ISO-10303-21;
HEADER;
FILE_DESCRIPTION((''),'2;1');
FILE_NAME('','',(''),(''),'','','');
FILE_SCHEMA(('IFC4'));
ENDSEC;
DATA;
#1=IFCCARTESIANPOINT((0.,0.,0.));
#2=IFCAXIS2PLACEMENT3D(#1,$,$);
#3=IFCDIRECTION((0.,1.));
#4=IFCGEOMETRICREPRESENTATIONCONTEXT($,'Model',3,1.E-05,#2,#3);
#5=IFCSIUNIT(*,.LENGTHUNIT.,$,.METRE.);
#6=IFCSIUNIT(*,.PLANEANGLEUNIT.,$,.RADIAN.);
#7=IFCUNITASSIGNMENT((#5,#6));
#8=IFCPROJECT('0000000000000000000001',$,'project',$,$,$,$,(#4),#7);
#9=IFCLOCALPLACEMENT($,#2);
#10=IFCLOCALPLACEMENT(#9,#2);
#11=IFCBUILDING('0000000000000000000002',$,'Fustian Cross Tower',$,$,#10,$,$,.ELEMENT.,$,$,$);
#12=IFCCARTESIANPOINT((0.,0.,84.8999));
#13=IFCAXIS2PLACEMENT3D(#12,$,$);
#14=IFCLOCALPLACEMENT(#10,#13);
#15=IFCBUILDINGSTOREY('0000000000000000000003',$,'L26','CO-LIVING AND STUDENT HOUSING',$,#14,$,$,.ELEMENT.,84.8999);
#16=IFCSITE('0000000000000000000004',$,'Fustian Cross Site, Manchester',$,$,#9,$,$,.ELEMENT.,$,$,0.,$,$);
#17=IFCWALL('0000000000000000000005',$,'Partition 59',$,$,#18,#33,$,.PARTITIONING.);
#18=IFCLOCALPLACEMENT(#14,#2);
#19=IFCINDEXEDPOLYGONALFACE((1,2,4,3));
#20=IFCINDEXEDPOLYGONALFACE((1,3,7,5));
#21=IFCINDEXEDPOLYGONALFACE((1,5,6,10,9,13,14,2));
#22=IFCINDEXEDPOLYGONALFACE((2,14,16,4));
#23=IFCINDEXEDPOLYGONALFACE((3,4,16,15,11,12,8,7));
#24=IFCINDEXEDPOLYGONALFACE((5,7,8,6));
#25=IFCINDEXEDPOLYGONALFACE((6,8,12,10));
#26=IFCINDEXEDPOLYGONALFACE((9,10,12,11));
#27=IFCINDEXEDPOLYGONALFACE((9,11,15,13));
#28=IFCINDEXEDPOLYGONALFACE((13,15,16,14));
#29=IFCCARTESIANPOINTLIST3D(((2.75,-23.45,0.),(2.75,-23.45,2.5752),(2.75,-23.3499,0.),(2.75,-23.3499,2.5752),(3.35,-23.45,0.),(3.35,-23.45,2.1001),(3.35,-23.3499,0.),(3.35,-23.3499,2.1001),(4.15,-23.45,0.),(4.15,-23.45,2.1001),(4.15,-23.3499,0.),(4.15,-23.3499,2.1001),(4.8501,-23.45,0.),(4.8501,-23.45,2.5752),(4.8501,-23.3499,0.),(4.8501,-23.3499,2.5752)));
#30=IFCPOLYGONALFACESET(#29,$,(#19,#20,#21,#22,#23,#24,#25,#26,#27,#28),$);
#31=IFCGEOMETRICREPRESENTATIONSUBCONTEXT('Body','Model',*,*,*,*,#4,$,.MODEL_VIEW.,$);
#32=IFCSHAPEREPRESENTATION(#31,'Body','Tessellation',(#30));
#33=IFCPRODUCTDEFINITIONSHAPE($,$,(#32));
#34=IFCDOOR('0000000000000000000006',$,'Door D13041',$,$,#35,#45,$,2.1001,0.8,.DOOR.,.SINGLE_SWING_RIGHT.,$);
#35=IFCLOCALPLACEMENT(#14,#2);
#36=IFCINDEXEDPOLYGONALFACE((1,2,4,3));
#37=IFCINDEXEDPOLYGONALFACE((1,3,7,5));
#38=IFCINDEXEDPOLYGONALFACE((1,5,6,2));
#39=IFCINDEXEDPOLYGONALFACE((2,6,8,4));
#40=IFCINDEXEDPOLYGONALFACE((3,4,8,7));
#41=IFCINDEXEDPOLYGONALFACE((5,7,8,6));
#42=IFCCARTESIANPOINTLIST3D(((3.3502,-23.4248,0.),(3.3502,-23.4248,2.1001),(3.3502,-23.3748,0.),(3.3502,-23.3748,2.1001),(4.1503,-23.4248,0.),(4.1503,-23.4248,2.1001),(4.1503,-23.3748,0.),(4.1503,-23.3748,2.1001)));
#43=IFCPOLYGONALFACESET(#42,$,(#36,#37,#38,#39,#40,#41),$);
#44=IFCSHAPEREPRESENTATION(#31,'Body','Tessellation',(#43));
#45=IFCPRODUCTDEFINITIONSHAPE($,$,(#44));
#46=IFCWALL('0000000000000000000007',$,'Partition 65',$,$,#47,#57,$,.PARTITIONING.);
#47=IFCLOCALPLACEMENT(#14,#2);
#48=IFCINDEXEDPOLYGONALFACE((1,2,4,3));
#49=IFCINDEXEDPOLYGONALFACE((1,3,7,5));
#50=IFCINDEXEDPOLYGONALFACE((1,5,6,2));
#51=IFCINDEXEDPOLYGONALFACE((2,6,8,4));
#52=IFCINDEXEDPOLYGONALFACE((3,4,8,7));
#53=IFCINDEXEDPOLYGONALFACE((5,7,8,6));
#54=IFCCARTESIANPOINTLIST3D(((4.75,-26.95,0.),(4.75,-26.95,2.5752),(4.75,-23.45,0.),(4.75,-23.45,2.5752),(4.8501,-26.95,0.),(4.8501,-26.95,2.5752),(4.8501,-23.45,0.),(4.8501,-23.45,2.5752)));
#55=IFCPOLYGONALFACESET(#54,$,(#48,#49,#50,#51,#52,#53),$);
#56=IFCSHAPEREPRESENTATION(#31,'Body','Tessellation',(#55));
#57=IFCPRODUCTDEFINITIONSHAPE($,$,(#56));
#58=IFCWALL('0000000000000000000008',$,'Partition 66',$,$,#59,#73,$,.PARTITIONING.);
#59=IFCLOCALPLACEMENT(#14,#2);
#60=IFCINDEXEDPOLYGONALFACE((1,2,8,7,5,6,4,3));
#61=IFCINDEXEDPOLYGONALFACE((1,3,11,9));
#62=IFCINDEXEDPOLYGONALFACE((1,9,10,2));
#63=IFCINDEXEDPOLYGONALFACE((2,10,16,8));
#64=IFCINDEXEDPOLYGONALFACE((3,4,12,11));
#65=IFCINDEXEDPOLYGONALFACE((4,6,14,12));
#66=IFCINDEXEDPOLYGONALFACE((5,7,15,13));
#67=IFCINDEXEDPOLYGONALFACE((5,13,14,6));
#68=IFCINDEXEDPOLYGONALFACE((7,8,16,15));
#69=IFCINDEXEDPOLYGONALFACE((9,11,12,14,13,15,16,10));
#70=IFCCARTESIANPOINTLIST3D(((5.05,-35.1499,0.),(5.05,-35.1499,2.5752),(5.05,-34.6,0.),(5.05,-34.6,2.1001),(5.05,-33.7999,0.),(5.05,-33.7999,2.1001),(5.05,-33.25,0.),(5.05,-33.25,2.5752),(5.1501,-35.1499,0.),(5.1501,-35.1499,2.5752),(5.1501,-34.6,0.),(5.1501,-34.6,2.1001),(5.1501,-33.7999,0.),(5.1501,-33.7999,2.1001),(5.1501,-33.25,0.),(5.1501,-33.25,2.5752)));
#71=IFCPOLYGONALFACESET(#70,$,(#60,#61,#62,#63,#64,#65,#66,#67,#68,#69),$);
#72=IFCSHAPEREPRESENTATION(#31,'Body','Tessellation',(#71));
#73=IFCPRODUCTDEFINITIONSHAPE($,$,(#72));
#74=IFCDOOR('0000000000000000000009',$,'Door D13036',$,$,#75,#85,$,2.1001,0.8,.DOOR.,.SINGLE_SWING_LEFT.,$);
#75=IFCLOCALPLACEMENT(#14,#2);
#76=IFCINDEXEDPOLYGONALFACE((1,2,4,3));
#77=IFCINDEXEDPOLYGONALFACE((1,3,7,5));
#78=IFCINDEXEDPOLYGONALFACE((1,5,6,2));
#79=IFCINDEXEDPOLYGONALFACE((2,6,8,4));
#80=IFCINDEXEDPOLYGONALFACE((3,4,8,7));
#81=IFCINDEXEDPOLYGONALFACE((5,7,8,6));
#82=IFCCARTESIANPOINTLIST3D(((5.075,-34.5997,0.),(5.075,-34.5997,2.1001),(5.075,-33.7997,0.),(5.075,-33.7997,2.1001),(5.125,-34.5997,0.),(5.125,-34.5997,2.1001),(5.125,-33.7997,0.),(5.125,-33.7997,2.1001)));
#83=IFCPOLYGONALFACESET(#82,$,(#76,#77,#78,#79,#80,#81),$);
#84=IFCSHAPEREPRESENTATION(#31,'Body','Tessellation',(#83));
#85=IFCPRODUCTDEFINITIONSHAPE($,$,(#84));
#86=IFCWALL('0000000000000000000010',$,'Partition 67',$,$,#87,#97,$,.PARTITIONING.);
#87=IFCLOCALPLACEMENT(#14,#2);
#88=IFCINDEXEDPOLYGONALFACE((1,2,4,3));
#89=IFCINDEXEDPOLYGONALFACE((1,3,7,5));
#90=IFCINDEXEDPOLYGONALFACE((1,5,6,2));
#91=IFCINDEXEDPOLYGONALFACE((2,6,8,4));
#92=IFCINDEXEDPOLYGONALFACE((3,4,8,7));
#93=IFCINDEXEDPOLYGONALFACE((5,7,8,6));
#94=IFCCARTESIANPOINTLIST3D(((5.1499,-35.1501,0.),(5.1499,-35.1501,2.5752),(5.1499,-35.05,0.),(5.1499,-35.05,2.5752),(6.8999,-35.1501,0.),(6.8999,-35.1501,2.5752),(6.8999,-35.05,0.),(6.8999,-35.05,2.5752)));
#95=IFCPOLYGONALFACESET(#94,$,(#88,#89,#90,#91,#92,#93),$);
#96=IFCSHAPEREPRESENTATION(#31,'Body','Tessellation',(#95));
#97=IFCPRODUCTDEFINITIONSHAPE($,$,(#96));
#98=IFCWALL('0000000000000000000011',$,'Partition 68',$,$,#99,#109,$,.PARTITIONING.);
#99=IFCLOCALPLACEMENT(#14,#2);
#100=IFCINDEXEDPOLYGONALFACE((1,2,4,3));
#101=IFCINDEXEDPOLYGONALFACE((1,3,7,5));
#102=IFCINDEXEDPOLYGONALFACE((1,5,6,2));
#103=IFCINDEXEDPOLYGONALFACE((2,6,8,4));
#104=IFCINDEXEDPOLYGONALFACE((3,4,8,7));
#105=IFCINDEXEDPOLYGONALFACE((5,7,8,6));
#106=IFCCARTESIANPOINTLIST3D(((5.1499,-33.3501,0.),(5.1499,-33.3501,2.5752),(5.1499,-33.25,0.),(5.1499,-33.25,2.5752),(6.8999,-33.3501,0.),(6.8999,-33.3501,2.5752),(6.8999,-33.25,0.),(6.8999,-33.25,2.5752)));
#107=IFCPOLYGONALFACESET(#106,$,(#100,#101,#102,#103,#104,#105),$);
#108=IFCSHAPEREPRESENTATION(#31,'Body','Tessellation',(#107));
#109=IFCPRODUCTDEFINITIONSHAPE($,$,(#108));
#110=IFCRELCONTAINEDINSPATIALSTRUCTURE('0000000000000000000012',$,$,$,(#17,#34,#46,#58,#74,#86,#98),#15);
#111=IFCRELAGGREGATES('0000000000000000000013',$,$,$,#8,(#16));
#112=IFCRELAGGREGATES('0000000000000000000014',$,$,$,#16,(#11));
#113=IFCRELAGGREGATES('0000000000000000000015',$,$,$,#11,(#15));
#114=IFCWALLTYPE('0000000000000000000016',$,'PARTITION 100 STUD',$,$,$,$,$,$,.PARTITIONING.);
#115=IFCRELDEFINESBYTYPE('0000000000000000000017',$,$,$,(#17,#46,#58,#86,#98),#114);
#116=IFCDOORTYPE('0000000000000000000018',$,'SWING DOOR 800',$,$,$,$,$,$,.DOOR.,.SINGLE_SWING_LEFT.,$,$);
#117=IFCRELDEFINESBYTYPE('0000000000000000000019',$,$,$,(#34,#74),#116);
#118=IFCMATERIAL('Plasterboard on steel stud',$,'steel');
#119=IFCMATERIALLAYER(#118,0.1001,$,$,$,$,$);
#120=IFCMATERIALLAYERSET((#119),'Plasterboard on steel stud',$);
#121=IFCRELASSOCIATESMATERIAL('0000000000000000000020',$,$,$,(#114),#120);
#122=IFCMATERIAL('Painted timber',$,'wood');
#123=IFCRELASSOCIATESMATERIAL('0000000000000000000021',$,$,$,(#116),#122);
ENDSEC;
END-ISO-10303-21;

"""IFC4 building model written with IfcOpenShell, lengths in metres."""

from ifc_helpers import new_model, si_unit, direction, frame, frame_2d, origin, place, context, subcontext, project, spatial, rectangle, extrude, material, layer, layer_set, type_object, element, fill, save


model = new_model("IFC4")

# Units and contexts
model_context = context("Model", 3, precision=1e-05, world=origin(), true_north=direction((0.0, 1.0)))
body_context = subcontext(model_context, "Body", "Model", "MODEL_VIEW")
ifc_project = project(units=[si_unit("LENGTHUNIT", "METRE"), si_unit("PLANEANGLEUNIT", "RADIAN")], contexts=[model_context])

# Site, building, storey
site_placement = place(None, origin())
site = spatial("IfcSite", under=ifc_project, at=site_placement, Name="Fustian Cross Site, Manchester", CompositionType="ELEMENT", RefElevation=0.0)
building_placement = place(site_placement, origin())
building = spatial("IfcBuilding", under=site, at=building_placement, Name="Fustian Cross Tower", CompositionType="ELEMENT")
storey_placement = place(building_placement, frame((0.0, 0.0, 84.8999)))
storey = spatial("IfcBuildingStorey", under=building, at=storey_placement, Name="L26", Description="CO-LIVING AND STUDENT HOUSING", CompositionType="ELEMENT", Elevation=84.8999)

# Shared definitions
ifc_material_1 = material(Name="Plasterboard on steel stud", Category="steel")
ifc_layer = layer(ifc_material_1, 0.1001)
ifc_layer_set = layer_set([ifc_layer], Name="Plasterboard on steel stud")
wall_type = type_object("IfcWallType", Name="PARTITION 100 STUD", PredefinedType="PARTITIONING", material=ifc_layer_set)

# Shared definitions
ifc_material_2 = material(Name="Painted timber", Category="wood")
door_type_1 = type_object("IfcDoorType", Name="SWING DOOR 800", OperationType="SINGLE_SWING_LEFT", PredefinedType="DOOR", material=ifc_material_2)

# Wall, opening, door
wall_1_placement = place(storey_placement, frame((2.75, -23.3999, 0.0), z_axis=(0.0, 0.0, 1.0), x_axis=(1.0, 0.0, 0.0)))
wall_1 = element("IfcWall", 1, at=wall_1_placement, inside=storey, type_object=wall_type, Name="Partition 59", PredefinedType="PARTITIONING", context=body_context, shape_type="SweptSolid", body=[
    extrude(rectangle(XDim=2.1001, YDim=0.1001, at=frame_2d((1.05, 0.0))), origin(), (0.0, 0.0, 1.0), 2.5752),
])
opening_1_placement = place(wall_1_placement, frame((0.6001, 0.0, 0.0)))
opening_1 = element("IfcOpeningElement", 2, at=opening_1_placement, cuts=wall_1, PredefinedType="OPENING", context=body_context, shape_type="SweptSolid", body=[
    extrude(rectangle(XDim=0.8, YDim=2.1001, at=frame_2d((0.3999, 1.05))), frame((0.0, 0.0601, 0.0), z_axis=(0.0, -1.0, 0.0), x_axis=(1.0, 0.0, 0.0)), (0.0, 0.0, 1.0), 0.1201),
])
door_1_placement = place(opening_1_placement, frame((0.8, 0.0, 0.0), z_axis=(0.0, 0.0, 1.0), x_axis=(-1.0, 0.0, 0.0)))
door_1 = element("IfcDoor", 3, at=door_1_placement, inside=storey, type_object=door_type_1, Name="Door D13041", OperationType="SINGLE_SWING_RIGHT", OverallHeight=2.1001, OverallWidth=0.8, PredefinedType="DOOR", context=body_context, shape_type="SweptSolid", body=[
    extrude(rectangle(XDim=0.8, YDim=2.1001, at=frame_2d((0.3999, 1.05))), frame((0.0, 0.0249, 0.0), z_axis=(0.0, -1.0, 0.0), x_axis=(1.0, 0.0, 0.0)), (0.0, 0.0, 1.0), 0.05),
])
fill(opening_1, door_1)

# Wall
wall_2_placement = place(storey_placement, frame((4.8, -26.95, 0.0), z_axis=(0.0, 0.0, 1.0), x_axis=(0.0, 1.0, 0.0)))
element("IfcWall", 4, at=wall_2_placement, inside=storey, type_object=wall_type, Name="Partition 65", PredefinedType="PARTITIONING", context=body_context, shape_type="SweptSolid", body=[
    extrude(rectangle(XDim=3.5, YDim=0.1001, at=frame_2d((1.75, 0.0))), origin(), (0.0, 0.0, 1.0), 2.5752),
])

# Wall, opening, door
wall_3_placement = place(storey_placement, frame((5.1001, -35.1499, 0.0), z_axis=(0.0, 0.0, 1.0), x_axis=(0.0, 1.0, 0.0)))
wall_3 = element("IfcWall", 5, at=wall_3_placement, inside=storey, type_object=wall_type, Name="Partition 66", PredefinedType="PARTITIONING", context=body_context, shape_type="SweptSolid", body=[
    extrude(rectangle(XDim=1.8999, YDim=0.1001, at=frame_2d((0.95, 0.0))), origin(), (0.0, 0.0, 1.0), 2.5752),
])
opening_2_placement = place(wall_3_placement, frame((0.55, 0.0, 0.0)))
opening_2 = element("IfcOpeningElement", 6, at=opening_2_placement, cuts=wall_3, PredefinedType="OPENING", context=body_context, shape_type="SweptSolid", body=[
    extrude(rectangle(XDim=0.8, YDim=2.1001, at=frame_2d((0.3999, 1.05))), frame((0.0, 0.0601, 0.0), z_axis=(0.0, -1.0, 0.0), x_axis=(1.0, 0.0, 0.0)), (0.0, 0.0, 1.0), 0.1201),
])
door_2_placement = place(opening_2_placement, frame((0.8, 0.0, 0.0), z_axis=(0.0, 0.0, 1.0), x_axis=(-1.0, 0.0, 0.0)))
door_2 = element("IfcDoor", 7, at=door_2_placement, inside=storey, type_object=door_type_1, Name="Door D13036", OperationType="SINGLE_SWING_LEFT", OverallHeight=2.1001, OverallWidth=0.8, PredefinedType="DOOR", context=body_context, shape_type="SweptSolid", body=[
    extrude(rectangle(XDim=0.8, YDim=2.1001, at=frame_2d((0.3999, 1.05))), frame((0.0, 0.0249, 0.0), z_axis=(0.0, -1.0, 0.0), x_axis=(1.0, 0.0, 0.0)), (0.0, 0.0, 1.0), 0.05),
])
fill(opening_2, door_2)

# Walls
for number, where, z_axis, x_axis, name in (
    (8, (5.1499, -35.1001, 0.0), (0.0, 0.0, 1.0), (1.0, 0.0, 0.0), "Partition 67"),
    (9, (5.1499, -33.3, 0.0), (0.0, 0.0, 1.0), (1.0, 0.0, 0.0), "Partition 68"),
):
    element("IfcWall", number, at=place(storey_placement, frame(where, z_axis=z_axis, x_axis=x_axis)), inside=storey, type_object=wall_type, Name=name, PredefinedType="PARTITIONING", context=body_context, shape_type="SweptSolid", body=[
        extrude(rectangle(XDim=1.75, YDim=0.1001, at=frame_2d((0.875, 0.0))), origin(), (0.0, 0.0, 1.0), 2.5752),
    ])

save(model, "model.ifc")
